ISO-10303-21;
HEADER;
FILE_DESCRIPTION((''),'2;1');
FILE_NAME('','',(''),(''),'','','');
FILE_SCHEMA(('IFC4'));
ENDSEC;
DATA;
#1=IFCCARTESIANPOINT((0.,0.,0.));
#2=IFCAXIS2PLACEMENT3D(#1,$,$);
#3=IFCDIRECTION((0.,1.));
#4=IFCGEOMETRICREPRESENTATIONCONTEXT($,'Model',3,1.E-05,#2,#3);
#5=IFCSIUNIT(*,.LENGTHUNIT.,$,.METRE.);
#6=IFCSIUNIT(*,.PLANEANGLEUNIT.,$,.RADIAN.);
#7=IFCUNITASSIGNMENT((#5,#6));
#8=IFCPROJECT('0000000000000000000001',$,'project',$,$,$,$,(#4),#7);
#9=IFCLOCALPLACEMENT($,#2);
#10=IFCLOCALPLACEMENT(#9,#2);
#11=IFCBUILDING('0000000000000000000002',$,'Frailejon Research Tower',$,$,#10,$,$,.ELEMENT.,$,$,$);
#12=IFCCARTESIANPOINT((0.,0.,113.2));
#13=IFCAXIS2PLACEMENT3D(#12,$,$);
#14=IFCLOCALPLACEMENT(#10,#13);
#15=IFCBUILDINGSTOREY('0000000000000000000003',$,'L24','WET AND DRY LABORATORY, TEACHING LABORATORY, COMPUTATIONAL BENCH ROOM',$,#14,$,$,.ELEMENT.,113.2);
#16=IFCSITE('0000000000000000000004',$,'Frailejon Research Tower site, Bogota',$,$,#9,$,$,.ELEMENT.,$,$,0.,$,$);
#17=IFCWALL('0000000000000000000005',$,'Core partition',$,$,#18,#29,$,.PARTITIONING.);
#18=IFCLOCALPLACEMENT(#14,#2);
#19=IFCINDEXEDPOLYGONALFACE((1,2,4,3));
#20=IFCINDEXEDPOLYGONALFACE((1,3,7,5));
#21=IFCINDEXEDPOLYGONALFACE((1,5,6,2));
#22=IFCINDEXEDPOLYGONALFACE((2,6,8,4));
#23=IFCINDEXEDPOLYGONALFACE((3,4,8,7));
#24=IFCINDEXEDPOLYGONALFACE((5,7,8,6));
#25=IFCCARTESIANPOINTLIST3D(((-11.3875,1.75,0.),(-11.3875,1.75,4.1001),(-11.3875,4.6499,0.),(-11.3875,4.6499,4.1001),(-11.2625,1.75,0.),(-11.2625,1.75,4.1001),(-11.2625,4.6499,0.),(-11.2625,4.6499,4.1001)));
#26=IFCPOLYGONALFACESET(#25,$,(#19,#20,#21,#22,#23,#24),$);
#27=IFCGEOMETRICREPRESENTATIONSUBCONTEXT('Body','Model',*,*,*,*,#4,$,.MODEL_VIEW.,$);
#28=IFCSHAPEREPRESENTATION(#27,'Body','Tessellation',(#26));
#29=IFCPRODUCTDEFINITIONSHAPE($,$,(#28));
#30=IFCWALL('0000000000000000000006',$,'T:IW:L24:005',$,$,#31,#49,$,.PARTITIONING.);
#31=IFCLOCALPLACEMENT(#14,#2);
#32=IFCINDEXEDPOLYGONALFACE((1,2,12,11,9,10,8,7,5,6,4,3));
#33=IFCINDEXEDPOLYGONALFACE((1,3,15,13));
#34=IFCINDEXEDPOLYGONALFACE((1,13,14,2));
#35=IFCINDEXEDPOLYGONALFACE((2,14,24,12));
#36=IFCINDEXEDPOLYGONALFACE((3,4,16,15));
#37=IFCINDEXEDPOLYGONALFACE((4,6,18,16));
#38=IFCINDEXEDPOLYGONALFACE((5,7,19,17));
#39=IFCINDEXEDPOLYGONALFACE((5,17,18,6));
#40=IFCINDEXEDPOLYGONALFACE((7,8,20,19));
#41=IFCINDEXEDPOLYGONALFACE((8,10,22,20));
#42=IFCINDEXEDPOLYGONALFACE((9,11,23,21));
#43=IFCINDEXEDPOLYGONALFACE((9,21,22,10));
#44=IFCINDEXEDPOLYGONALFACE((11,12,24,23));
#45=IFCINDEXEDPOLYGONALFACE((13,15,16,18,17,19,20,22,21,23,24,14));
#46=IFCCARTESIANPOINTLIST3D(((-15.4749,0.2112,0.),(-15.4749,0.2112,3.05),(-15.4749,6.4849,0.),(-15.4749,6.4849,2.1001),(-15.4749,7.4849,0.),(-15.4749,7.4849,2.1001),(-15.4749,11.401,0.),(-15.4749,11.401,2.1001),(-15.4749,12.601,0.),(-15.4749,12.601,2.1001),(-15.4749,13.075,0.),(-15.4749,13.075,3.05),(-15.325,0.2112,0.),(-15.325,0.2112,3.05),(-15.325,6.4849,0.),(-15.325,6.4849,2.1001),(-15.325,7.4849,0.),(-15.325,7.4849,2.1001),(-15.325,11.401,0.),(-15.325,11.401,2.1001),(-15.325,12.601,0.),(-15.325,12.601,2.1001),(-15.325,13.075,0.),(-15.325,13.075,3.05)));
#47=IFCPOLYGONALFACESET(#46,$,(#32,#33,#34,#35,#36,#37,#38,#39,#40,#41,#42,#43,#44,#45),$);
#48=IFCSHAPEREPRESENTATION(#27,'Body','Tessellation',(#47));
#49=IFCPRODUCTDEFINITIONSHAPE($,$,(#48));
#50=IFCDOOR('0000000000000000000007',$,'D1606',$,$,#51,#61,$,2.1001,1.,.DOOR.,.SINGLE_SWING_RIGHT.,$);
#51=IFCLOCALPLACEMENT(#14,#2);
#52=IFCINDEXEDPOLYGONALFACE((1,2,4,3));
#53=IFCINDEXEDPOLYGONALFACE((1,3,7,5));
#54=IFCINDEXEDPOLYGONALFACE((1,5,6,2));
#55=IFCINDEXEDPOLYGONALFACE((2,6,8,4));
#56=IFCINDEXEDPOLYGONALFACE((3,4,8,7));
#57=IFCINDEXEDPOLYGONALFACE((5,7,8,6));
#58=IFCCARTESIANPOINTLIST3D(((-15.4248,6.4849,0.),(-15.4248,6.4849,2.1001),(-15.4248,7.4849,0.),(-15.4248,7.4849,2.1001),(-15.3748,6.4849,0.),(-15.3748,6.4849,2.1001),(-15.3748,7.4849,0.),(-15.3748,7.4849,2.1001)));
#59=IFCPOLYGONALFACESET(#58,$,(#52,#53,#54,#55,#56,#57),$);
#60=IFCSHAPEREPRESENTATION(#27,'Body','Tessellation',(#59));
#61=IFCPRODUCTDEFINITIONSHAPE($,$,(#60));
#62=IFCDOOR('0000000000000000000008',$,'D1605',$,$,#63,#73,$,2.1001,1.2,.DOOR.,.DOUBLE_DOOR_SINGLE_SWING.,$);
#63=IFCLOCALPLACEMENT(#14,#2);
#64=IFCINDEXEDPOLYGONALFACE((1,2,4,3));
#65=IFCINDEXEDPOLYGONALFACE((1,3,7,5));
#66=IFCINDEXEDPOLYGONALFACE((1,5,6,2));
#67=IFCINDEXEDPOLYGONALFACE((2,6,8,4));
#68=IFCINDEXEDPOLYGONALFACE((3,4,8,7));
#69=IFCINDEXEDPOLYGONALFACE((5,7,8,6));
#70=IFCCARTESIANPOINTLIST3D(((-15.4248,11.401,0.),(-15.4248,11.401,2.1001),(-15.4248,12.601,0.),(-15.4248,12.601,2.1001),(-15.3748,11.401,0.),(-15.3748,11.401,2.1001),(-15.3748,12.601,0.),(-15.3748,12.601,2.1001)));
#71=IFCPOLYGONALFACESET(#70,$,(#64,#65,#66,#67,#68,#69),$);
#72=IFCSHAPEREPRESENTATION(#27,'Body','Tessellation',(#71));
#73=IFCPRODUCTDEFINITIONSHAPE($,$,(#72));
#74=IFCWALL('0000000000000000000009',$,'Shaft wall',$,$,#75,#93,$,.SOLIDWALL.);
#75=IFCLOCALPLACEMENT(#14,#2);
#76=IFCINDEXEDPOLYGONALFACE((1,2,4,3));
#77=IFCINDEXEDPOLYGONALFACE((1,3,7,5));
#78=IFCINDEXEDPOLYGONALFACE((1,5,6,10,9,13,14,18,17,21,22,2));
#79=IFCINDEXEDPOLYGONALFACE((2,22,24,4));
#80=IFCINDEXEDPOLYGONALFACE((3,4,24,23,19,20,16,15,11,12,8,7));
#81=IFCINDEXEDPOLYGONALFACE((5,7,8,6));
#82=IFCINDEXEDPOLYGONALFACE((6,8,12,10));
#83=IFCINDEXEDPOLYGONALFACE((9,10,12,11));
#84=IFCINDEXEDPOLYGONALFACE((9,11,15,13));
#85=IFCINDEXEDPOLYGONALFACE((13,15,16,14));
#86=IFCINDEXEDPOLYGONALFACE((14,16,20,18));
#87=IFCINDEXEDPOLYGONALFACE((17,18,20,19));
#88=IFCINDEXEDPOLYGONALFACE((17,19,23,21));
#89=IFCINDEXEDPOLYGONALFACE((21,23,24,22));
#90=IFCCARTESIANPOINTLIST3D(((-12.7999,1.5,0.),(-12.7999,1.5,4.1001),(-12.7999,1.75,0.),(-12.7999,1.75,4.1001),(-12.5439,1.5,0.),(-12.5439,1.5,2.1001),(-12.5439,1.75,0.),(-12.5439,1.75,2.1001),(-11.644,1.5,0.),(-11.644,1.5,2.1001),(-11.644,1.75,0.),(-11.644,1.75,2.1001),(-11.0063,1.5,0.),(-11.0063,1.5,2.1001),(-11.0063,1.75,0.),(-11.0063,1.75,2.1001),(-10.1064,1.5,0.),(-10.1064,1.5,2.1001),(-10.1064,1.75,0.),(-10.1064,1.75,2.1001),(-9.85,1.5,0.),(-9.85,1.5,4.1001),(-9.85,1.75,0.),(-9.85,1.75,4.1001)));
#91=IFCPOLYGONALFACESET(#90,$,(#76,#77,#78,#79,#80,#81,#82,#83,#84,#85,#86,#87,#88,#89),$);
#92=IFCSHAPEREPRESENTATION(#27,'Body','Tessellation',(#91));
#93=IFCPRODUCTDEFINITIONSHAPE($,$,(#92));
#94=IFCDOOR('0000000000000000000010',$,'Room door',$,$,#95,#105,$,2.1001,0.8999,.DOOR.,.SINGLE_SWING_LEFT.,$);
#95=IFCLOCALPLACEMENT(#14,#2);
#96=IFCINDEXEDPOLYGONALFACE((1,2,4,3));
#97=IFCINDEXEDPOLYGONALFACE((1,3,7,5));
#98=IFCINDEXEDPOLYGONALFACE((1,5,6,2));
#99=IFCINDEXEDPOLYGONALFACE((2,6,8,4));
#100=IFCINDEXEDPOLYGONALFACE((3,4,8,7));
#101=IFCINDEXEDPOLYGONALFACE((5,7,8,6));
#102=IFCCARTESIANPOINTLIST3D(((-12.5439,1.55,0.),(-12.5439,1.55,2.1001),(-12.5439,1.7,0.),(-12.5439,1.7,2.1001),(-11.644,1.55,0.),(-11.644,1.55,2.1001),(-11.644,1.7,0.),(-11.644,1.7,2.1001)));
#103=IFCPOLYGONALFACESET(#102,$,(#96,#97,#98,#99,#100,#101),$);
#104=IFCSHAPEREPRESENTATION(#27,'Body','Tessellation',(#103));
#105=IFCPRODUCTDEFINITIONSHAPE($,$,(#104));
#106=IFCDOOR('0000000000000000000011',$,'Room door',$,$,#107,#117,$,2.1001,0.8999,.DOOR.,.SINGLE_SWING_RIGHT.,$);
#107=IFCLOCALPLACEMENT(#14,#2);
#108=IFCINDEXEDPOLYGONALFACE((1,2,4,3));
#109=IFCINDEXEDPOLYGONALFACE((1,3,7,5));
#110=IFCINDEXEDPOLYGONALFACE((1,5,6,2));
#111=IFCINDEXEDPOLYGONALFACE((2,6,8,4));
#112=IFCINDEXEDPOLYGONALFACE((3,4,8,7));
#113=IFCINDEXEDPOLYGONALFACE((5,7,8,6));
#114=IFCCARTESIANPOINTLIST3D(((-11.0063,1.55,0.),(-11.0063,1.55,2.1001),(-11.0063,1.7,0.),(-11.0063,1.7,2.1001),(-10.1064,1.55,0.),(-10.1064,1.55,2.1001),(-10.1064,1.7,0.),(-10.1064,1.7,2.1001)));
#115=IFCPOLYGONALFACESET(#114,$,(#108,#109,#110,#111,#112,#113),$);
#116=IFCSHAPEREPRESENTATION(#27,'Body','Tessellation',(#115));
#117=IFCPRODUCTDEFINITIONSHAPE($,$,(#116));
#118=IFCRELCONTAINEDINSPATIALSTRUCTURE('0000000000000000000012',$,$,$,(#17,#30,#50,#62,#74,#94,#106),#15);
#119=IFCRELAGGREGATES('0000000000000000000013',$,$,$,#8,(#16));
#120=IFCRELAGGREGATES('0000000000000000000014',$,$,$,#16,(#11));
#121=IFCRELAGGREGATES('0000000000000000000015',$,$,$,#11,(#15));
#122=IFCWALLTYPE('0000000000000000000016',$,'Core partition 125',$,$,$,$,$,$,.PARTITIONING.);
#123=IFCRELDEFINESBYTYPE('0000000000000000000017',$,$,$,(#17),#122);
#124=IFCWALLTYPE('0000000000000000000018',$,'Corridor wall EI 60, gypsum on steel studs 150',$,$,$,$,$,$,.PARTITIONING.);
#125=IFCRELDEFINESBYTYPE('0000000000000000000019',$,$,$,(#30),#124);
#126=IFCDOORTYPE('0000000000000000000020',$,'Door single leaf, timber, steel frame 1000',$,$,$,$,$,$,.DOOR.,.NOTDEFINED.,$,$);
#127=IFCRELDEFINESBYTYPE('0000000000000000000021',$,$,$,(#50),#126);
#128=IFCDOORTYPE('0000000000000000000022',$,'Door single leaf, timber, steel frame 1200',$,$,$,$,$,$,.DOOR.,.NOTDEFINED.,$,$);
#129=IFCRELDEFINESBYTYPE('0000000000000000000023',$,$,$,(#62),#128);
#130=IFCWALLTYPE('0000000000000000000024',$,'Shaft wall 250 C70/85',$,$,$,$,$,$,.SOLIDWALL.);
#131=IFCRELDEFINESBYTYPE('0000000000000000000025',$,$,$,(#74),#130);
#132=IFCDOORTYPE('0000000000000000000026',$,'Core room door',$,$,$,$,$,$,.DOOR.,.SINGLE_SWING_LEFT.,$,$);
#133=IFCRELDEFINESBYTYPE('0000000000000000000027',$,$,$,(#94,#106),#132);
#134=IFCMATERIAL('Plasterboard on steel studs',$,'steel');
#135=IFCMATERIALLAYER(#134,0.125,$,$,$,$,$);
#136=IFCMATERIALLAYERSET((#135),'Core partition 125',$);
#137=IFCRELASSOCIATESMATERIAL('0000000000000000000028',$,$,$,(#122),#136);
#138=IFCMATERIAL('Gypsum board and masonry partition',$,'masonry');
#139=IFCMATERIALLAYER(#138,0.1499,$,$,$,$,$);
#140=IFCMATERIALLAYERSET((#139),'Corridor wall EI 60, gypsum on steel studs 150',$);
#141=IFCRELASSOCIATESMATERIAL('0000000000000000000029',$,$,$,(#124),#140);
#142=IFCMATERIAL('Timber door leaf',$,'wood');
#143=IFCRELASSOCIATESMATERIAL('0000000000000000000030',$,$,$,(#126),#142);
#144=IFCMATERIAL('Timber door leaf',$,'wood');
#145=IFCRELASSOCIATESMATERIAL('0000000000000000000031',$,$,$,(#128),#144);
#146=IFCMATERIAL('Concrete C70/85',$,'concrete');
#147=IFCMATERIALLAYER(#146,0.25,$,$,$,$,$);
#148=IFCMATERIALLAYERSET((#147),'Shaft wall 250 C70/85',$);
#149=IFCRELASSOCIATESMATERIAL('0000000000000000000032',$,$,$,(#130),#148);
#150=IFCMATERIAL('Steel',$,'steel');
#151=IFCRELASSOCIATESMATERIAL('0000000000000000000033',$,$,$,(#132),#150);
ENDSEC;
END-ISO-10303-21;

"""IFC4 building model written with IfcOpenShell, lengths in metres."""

from ifc_helpers import new_model, si_unit, direction, frame, frame_2d, origin, place, context, subcontext, project, spatial, rectangle, extrude, material, layer, layer_set, type_object, element, fill, save


model = new_model("IFC4")

# Units and contexts
model_context = context("Model", 3, precision=1e-05, world=origin(), true_north=direction((0.0, 1.0)))
body_context = subcontext(model_context, "Body", "Model", "MODEL_VIEW")
ifc_project = project(units=[si_unit("LENGTHUNIT", "METRE"), si_unit("PLANEANGLEUNIT", "RADIAN")], contexts=[model_context])

# Site, building, storey
site_placement = place(None, origin())
site = spatial("IfcSite", under=ifc_project, at=site_placement, Name="Frailejon Research Tower site, Bogota", CompositionType="ELEMENT", RefElevation=0.0)
building_placement = place(site_placement, origin())
building = spatial("IfcBuilding", under=site, at=building_placement, Name="Frailejon Research Tower", CompositionType="ELEMENT")
storey_placement = place(building_placement, frame((0.0, 0.0, 113.2)))
storey = spatial("IfcBuildingStorey", under=building, at=storey_placement, Name="L24", Description="WET AND DRY LABORATORY, TEACHING LABORATORY, COMPUTATIONAL BENCH ROOM", CompositionType="ELEMENT", Elevation=113.2)

# Wall
ifc_material_1 = material(Name="Plasterboard on steel studs", Category="steel")
ifc_layer_1 = layer(ifc_material_1, 0.125)
ifc_layer_set_1 = layer_set([ifc_layer_1], Name="Core partition 125")
wall_type_1 = type_object("IfcWallType", Name="Core partition 125", PredefinedType="PARTITIONING", material=ifc_layer_set_1)
wall_1_placement = place(storey_placement, frame((-11.325, 1.75, 0.0), z_axis=(0.0, 0.0, 1.0), x_axis=(0.0, 1.0, 0.0)))
element("IfcWall", 1, at=wall_1_placement, inside=storey, type_object=wall_type_1, Name="Core partition", PredefinedType="PARTITIONING", context=body_context, shape_type="SweptSolid", body=[
    extrude(rectangle(XDim=2.8999, YDim=0.125, at=frame_2d((1.45, 0.0))), origin(), (0.0, 0.0, 1.0), 4.1001),
])

# Walls, openings, doors
ifc_material_2 = material(Name="Gypsum board and masonry partition", Category="masonry")
ifc_layer_2 = layer(ifc_material_2, 0.1499)
ifc_layer_set_2 = layer_set([ifc_layer_2], Name="Corridor wall EI 60, gypsum on steel studs 150")
wall_type_2 = type_object("IfcWallType", Name="Corridor wall EI 60, gypsum on steel studs 150", PredefinedType="PARTITIONING", material=ifc_layer_set_2)
wall_2_placement = place(storey_placement, frame((-15.3999, 0.2112, 0.0), z_axis=(0.0, 0.0, 1.0), x_axis=(0.0, 1.0, 0.0)))
wall_2 = element("IfcWall", 2, at=wall_2_placement, inside=storey, type_object=wall_type_2, Name="T:IW:L24:005", PredefinedType="PARTITIONING", context=body_context, shape_type="SweptSolid", body=[
    extrude(rectangle(XDim=12.8638, YDim=0.1499, at=frame_2d((6.4319, 0.0))), origin(), (0.0, 0.0, 1.0), 3.05),
])
opening_1_placement = place(wall_2_placement, frame((11.1897, 0.0, 0.0)))
opening_1 = element("IfcOpeningElement", 3, at=opening_1_placement, cuts=wall_2, PredefinedType="OPENING", context=body_context, shape_type="SweptSolid", body=[
    extrude(rectangle(XDim=1.2, YDim=2.1001, at=frame_2d((0.6001, 1.05))), frame((0.0, 0.085, 0.0), z_axis=(0.0, -1.0, 0.0), x_axis=(1.0, 0.0, 0.0)), (0.0, 0.0, 1.0), 0.1699),
])
opening_2_placement = place(wall_2_placement, frame((6.2737, 0.0, 0.0)))
opening_2 = element("IfcOpeningElement", 4, at=opening_2_placement, cuts=wall_2, PredefinedType="OPENING", context=body_context, shape_type="SweptSolid", body=[
    extrude(rectangle(XDim=1.0, YDim=2.1001, at=frame_2d((0.5, 1.05))), frame((0.0, 0.085, 0.0), z_axis=(0.0, -1.0, 0.0), x_axis=(1.0, 0.0, 0.0)), (0.0, 0.0, 1.0), 0.1699),
])
ifc_material_3 = material(Name="Timber door leaf", Category="wood")
door_type_1 = type_object("IfcDoorType", Name="Door single leaf, timber, steel frame 1000", OperationType="NOTDEFINED", PredefinedType="DOOR", material=ifc_material_3)
door_1_placement = place(opening_2_placement, origin())
door_1 = element("IfcDoor", 5, at=door_1_placement, inside=storey, type_object=door_type_1, Name="D1606", OperationType="SINGLE_SWING_RIGHT", OverallHeight=2.1001, OverallWidth=1.0, PredefinedType="DOOR", context=body_context, shape_type="SweptSolid", body=[
    extrude(rectangle(XDim=1.0, YDim=2.1001, at=frame_2d((0.5, 1.05))), frame((0.0, 0.0249, 0.0), z_axis=(0.0, -1.0, 0.0), x_axis=(1.0, 0.0, 0.0)), (0.0, 0.0, 1.0), 0.05),
])
fill(opening_2, door_1)
ifc_material_4 = material(Name="Timber door leaf", Category="wood")
door_type_2 = type_object("IfcDoorType", Name="Door single leaf, timber, steel frame 1200", OperationType="NOTDEFINED", PredefinedType="DOOR", material=ifc_material_4)
door_2_placement = place(opening_1_placement, origin())
door_2 = element("IfcDoor", 6, at=door_2_placement, inside=storey, type_object=door_type_2, Name="D1605", OperationType="DOUBLE_DOOR_SINGLE_SWING", OverallHeight=2.1001, OverallWidth=1.2, PredefinedType="DOOR", context=body_context, shape_type="SweptSolid", body=[
    extrude(rectangle(XDim=1.2, YDim=2.1001, at=frame_2d((0.6001, 1.05))), frame((0.0, 0.0249, 0.0), z_axis=(0.0, -1.0, 0.0), x_axis=(1.0, 0.0, 0.0)), (0.0, 0.0, 1.0), 0.05),
])
fill(opening_1, door_2)
ifc_material_5 = material(Name="Concrete C70/85", Category="concrete")
ifc_layer_3 = layer(ifc_material_5, 0.25)
ifc_layer_set_3 = layer_set([ifc_layer_3], Name="Shaft wall 250 C70/85")
wall_type_3 = type_object("IfcWallType", Name="Shaft wall 250 C70/85", PredefinedType="SOLIDWALL", material=ifc_layer_set_3)
wall_3_placement = place(storey_placement, frame((-12.8, 1.625, 0.0), z_axis=(0.0, 0.0, 1.0), x_axis=(1.0, 0.0, 0.0)))
wall_3 = element("IfcWall", 7, at=wall_3_placement, inside=storey, type_object=wall_type_3, Name="Shaft wall", PredefinedType="SOLIDWALL", context=body_context, shape_type="SweptSolid", body=[
    extrude(rectangle(XDim=2.95, YDim=0.25, at=frame_2d((1.4751, 0.0))), origin(), (0.0, 0.0, 1.0), 4.1001),
])
opening_3_placement = place(wall_3_placement, frame((0.2561, 0.0, 0.0)))
opening_3 = element("IfcOpeningElement", 8, at=opening_3_placement, cuts=wall_3, PredefinedType="OPENING", context=body_context, shape_type="SweptSolid", body=[
    extrude(rectangle(XDim=0.8999, YDim=2.1001, at=frame_2d((0.45, 1.05))), frame((0.0, 0.135, 0.0), z_axis=(0.0, -1.0, 0.0), x_axis=(1.0, 0.0, 0.0)), (0.0, 0.0, 1.0), 0.27),
])
opening_4_placement = place(wall_3_placement, frame((1.7937, 0.0, 0.0)))
opening_4 = element("IfcOpeningElement", 9, at=opening_4_placement, cuts=wall_3, PredefinedType="OPENING", context=body_context, shape_type="SweptSolid", body=[
    extrude(rectangle(XDim=0.8999, YDim=2.1001, at=frame_2d((0.45, 1.05))), frame((0.0, 0.135, 0.0), z_axis=(0.0, -1.0, 0.0), x_axis=(1.0, 0.0, 0.0)), (0.0, 0.0, 1.0), 0.27),
])
ifc_material_6 = material(Name="Steel", Category="steel")
door_type_3 = type_object("IfcDoorType", Name="Core room door", OperationType="SINGLE_SWING_LEFT", PredefinedType="DOOR", material=ifc_material_6)
door_3_placement = place(opening_3_placement, origin())
door_3 = element("IfcDoor", 10, at=door_3_placement, inside=storey, type_object=door_type_3, Name="Room door", OperationType="SINGLE_SWING_LEFT", OverallHeight=2.1001, OverallWidth=0.8999, PredefinedType="DOOR", context=body_context, shape_type="SweptSolid", body=[
    extrude(rectangle(XDim=0.8999, YDim=2.1001, at=frame_2d((0.45, 1.05))), frame((0.0, 0.075, 0.0), z_axis=(0.0, -1.0, 0.0), x_axis=(1.0, 0.0, 0.0)), (0.0, 0.0, 1.0), 0.1499),
])
fill(opening_3, door_3)
door_4_placement = place(opening_4_placement, origin())
door_4 = element("IfcDoor", 11, at=door_4_placement, inside=storey, type_object=door_type_3, Name="Room door", OperationType="SINGLE_SWING_RIGHT", OverallHeight=2.1001, OverallWidth=0.8999, PredefinedType="DOOR", context=body_context, shape_type="SweptSolid", body=[
    extrude(rectangle(XDim=0.8999, YDim=2.1001, at=frame_2d((0.45, 1.05))), frame((0.0, 0.075, 0.0), z_axis=(0.0, -1.0, 0.0), x_axis=(1.0, 0.0, 0.0)), (0.0, 0.0, 1.0), 0.1499),
])
fill(opening_4, door_4)

save(model, "model.ifc")
